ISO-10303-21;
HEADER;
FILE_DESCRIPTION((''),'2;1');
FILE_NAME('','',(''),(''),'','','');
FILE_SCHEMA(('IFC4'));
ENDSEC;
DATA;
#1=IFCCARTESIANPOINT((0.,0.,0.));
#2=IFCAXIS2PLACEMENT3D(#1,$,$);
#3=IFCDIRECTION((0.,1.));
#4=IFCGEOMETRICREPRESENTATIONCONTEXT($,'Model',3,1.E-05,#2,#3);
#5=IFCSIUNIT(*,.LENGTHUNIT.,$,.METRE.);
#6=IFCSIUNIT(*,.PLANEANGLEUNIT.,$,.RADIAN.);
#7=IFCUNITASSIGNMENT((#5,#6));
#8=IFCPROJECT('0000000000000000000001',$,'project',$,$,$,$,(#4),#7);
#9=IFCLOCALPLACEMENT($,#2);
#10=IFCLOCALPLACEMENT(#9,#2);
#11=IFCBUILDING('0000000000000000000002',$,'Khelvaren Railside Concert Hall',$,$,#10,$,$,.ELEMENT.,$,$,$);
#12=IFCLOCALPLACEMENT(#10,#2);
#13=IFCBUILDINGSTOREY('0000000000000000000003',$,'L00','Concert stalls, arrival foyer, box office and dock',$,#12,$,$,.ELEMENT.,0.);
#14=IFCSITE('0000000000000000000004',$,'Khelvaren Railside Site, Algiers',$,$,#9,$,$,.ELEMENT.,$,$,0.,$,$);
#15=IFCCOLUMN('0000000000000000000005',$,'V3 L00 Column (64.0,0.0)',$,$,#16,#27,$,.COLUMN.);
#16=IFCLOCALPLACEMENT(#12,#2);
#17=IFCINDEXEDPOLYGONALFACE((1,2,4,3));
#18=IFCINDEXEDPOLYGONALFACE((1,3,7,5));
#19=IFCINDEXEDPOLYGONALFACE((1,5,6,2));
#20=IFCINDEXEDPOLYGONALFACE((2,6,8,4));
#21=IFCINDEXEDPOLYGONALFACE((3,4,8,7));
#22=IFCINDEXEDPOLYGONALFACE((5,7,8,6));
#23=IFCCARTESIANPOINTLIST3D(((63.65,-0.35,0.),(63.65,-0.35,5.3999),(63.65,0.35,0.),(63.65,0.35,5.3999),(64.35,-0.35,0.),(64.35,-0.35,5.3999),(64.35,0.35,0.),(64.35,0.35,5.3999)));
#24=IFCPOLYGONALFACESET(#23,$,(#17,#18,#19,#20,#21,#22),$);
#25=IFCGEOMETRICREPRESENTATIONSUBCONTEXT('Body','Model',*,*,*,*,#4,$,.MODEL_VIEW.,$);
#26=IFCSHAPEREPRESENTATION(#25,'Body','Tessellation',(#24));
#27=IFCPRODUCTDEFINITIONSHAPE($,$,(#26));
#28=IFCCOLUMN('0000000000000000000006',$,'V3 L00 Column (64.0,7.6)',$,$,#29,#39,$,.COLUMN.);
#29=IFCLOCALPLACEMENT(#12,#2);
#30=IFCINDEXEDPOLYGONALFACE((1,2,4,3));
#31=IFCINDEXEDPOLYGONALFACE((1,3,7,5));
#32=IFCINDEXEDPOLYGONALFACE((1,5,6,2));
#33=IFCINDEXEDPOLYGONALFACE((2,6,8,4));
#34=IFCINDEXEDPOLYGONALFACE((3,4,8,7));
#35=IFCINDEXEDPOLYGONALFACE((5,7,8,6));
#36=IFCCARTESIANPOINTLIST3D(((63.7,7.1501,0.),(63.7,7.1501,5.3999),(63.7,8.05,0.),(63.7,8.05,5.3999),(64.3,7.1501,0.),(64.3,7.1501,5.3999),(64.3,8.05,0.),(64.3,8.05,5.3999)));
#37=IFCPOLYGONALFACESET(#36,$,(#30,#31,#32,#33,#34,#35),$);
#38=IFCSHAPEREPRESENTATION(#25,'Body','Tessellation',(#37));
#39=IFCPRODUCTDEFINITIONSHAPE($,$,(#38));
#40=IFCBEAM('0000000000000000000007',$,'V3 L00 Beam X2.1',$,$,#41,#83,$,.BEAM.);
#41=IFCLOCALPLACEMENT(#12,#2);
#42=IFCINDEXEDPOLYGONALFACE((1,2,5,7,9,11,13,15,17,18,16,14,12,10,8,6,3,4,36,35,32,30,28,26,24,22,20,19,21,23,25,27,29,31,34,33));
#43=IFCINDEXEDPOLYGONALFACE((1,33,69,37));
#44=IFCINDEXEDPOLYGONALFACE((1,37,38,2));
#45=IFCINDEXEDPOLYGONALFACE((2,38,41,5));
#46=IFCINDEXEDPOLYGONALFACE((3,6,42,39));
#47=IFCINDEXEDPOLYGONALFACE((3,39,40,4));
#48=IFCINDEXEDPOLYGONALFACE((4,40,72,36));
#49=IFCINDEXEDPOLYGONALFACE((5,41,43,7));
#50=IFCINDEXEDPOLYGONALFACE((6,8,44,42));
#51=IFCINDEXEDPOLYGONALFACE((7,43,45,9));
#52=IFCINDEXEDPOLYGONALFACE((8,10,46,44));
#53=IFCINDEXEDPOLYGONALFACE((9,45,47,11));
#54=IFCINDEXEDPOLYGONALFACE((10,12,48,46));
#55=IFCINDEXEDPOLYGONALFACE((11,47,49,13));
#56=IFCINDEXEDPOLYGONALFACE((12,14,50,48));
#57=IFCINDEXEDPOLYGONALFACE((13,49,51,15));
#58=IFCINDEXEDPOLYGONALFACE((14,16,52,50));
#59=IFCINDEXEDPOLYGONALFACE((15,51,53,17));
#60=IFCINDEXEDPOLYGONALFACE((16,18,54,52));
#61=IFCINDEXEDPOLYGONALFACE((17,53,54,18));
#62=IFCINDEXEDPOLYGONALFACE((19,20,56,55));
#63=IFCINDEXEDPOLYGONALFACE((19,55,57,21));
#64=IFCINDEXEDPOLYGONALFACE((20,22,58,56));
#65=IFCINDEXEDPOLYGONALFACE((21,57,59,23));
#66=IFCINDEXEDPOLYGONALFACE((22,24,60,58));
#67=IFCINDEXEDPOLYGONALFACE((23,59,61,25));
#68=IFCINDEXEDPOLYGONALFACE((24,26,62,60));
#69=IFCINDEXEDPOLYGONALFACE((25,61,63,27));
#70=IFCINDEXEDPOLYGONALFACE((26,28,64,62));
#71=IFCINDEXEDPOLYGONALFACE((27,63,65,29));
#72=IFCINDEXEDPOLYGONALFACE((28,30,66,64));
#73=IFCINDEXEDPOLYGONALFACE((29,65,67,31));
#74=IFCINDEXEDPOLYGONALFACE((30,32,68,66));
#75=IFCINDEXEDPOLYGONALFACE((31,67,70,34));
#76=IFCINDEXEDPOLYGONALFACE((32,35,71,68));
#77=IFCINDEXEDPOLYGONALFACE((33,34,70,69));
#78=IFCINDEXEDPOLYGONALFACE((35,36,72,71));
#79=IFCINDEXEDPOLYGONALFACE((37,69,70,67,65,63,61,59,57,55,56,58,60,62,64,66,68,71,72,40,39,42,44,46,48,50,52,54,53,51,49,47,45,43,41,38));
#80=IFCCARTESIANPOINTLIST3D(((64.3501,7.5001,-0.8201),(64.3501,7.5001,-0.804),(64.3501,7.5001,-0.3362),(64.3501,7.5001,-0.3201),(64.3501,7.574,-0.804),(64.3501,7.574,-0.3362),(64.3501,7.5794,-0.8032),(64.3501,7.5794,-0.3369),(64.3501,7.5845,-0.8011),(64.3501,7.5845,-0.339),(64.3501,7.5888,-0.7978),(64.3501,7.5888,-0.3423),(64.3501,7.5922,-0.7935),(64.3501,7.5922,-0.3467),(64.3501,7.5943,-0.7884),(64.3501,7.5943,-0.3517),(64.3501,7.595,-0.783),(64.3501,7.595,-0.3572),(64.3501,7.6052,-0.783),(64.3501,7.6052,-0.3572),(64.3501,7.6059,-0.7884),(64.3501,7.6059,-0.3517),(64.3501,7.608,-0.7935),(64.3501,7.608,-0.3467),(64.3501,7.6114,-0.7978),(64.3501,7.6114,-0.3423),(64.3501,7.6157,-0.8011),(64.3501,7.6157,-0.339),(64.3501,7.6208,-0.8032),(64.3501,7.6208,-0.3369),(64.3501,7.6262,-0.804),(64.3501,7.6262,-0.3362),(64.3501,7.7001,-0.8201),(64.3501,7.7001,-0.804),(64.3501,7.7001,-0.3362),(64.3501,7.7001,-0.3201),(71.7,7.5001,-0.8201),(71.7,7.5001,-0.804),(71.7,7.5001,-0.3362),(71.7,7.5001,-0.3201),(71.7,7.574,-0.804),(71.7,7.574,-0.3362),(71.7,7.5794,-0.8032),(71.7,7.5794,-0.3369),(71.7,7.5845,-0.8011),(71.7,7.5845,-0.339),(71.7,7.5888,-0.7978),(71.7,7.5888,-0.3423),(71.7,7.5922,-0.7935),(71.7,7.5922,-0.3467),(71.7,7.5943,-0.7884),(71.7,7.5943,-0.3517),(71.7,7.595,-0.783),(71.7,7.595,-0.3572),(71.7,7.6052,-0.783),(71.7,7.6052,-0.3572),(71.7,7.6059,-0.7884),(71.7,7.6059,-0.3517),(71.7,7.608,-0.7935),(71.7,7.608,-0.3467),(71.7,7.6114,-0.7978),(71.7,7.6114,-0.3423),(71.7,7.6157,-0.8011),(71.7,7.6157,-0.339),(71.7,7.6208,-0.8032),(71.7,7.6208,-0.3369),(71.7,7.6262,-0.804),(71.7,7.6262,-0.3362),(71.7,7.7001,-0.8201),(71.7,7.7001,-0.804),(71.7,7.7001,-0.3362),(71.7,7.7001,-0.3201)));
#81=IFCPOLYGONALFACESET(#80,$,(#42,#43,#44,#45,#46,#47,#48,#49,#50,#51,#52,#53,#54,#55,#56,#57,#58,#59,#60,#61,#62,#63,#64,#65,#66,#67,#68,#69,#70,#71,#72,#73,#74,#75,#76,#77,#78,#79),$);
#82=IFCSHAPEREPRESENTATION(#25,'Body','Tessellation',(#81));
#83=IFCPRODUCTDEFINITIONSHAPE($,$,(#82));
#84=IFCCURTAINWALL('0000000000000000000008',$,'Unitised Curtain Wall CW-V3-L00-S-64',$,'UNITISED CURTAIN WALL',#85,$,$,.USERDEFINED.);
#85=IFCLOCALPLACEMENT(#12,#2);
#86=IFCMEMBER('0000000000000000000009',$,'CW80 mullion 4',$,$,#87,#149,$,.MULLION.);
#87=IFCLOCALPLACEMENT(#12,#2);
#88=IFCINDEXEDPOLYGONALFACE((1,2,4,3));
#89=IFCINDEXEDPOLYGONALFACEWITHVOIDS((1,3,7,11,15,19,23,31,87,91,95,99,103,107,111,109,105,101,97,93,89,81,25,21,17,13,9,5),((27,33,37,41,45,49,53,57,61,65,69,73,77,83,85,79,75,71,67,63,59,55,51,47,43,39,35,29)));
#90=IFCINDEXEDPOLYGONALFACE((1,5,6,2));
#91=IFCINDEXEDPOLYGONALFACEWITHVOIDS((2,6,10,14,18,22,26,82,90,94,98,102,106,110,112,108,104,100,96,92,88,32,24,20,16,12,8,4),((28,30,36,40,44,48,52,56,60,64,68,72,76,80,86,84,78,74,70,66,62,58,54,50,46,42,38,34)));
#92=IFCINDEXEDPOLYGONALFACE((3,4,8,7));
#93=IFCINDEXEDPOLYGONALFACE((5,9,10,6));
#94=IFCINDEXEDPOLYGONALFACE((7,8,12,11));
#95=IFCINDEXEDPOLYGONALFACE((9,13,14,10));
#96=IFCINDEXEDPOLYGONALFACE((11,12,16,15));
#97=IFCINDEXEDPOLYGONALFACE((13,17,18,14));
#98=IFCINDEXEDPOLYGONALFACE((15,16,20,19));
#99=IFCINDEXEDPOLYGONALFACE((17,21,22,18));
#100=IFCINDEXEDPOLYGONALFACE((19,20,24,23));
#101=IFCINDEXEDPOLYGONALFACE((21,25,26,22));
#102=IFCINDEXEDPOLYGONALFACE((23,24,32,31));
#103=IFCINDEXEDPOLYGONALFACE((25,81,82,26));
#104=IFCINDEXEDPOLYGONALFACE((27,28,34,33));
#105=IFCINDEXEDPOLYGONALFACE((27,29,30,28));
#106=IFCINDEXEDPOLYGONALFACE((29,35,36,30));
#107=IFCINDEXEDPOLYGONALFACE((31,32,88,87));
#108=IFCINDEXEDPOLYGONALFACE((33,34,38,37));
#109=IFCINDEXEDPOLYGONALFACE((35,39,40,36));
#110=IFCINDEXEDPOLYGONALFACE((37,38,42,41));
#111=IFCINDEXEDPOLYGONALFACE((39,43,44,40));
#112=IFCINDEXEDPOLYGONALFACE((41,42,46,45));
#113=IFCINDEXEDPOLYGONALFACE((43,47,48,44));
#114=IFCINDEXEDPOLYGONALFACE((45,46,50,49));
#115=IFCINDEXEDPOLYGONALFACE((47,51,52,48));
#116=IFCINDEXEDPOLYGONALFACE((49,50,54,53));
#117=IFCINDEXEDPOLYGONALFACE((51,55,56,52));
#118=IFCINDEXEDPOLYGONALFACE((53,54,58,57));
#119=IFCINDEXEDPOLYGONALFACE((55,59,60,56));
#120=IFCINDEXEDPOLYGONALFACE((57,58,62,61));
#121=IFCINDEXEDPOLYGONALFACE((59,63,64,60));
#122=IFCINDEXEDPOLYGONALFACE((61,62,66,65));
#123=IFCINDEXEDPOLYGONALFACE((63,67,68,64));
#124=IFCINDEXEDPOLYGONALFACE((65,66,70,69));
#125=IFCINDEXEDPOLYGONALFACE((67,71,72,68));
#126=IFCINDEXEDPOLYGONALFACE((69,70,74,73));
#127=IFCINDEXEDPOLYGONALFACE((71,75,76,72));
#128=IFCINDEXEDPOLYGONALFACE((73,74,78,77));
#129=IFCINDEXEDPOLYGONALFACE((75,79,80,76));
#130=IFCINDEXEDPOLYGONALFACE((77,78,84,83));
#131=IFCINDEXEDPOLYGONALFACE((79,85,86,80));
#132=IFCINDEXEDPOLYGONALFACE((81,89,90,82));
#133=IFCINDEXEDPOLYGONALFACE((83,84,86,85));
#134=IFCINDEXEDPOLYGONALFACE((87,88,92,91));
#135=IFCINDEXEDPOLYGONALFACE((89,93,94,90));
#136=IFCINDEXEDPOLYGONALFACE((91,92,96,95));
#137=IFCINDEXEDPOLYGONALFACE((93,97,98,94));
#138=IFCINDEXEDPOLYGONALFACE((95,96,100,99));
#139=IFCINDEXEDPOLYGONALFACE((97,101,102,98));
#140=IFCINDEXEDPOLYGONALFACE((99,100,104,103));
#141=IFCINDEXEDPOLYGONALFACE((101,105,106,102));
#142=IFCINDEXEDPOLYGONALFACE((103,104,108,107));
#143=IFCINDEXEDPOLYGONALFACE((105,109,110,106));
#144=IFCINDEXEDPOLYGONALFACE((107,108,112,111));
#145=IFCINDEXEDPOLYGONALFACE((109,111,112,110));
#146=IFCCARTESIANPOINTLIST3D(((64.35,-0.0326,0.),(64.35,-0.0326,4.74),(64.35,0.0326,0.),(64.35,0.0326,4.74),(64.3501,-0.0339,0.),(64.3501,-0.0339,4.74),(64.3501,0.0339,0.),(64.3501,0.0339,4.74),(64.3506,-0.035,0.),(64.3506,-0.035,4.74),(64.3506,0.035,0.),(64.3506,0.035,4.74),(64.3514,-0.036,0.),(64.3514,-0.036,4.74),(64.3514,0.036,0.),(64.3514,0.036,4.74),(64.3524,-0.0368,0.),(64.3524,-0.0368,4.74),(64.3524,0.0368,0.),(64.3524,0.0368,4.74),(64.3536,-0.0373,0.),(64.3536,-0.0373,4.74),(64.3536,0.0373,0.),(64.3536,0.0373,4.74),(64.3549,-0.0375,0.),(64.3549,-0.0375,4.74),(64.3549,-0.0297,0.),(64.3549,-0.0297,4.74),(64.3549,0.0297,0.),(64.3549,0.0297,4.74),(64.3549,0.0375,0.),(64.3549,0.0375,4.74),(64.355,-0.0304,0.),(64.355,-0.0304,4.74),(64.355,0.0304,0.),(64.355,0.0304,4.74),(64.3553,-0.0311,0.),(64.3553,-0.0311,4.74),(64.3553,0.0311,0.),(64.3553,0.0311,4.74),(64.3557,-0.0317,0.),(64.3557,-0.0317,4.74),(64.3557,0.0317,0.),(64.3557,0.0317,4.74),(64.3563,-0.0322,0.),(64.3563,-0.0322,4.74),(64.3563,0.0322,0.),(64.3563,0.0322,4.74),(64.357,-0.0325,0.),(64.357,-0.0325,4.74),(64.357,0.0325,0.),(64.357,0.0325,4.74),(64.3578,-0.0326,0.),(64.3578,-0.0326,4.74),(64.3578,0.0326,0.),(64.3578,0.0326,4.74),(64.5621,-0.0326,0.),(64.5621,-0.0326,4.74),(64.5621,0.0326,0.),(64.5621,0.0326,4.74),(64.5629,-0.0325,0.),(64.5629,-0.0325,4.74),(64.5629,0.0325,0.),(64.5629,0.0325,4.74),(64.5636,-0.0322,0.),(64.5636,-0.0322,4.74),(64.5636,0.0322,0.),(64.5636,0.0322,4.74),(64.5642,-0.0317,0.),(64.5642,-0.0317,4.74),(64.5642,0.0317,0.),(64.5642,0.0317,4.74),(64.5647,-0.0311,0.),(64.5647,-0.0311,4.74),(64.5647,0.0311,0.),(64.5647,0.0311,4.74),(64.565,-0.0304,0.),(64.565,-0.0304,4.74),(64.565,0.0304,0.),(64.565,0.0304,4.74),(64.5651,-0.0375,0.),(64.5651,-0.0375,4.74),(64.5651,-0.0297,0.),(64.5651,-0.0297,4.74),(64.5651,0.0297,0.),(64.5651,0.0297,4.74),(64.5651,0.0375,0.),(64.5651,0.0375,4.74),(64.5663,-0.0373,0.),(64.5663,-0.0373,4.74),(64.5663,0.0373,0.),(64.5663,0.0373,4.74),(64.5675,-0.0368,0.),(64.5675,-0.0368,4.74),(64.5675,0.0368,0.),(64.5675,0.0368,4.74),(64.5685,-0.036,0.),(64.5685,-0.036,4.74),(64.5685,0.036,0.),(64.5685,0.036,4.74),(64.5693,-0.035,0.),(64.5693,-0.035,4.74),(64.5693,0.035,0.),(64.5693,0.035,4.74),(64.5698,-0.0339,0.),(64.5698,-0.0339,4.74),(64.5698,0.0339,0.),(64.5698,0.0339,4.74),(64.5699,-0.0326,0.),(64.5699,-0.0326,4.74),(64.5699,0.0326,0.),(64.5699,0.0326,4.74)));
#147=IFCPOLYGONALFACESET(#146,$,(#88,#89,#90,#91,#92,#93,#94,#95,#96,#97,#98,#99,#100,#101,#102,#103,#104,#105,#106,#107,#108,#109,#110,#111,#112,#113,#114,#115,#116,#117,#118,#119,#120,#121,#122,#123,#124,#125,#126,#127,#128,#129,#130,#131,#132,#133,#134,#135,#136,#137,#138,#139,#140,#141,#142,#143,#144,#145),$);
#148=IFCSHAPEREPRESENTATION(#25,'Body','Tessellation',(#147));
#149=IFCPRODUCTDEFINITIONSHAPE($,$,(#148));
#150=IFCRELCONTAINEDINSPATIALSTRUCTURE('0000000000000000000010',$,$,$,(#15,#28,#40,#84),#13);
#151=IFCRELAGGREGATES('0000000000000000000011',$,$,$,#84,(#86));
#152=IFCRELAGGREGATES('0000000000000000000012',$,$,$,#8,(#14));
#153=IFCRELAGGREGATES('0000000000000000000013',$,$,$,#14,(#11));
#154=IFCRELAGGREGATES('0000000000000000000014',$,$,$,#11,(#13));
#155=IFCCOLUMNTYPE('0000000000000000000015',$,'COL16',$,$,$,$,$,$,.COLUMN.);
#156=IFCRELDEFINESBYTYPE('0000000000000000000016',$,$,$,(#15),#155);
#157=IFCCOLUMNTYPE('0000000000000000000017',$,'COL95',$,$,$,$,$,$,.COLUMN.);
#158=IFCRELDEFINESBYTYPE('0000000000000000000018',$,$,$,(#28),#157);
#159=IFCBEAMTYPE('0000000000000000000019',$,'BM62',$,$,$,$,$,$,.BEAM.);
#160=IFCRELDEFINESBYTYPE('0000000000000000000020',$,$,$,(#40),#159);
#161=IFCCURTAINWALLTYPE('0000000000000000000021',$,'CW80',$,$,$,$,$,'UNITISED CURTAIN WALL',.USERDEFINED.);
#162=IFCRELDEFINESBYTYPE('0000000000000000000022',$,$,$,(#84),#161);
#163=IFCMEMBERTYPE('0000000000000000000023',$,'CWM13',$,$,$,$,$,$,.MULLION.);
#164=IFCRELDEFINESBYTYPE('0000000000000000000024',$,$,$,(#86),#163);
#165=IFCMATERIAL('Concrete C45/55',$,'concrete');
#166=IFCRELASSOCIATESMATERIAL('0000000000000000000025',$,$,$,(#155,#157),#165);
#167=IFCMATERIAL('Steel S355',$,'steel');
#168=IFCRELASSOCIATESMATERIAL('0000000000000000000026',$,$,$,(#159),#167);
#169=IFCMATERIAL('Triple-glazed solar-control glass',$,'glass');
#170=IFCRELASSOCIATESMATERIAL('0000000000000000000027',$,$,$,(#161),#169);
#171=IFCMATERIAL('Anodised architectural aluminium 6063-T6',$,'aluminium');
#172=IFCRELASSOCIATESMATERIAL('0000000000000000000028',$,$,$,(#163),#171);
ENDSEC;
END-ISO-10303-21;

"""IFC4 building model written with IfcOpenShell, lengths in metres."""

from ifc_helpers import new_model, si_unit, direction, frame, origin, origin_2d, place, context, subcontext, project, spatial, rectangle, hollow_rectangle, i_section, extrude, material, material_profile, profile_set, type_object, element, aggregate, save


model = new_model("IFC4")

# Units and contexts
model_context = context("Model", 3, precision=1e-05, world=origin(), true_north=direction((0.0, 1.0)))
body_context = subcontext(model_context, "Body", "Model", "MODEL_VIEW")
ifc_project = project(units=[si_unit("LENGTHUNIT", "METRE"), si_unit("PLANEANGLEUNIT", "RADIAN")], contexts=[model_context])

# Site, building, storey
site_placement = place(None, origin())
site = spatial("IfcSite", under=ifc_project, at=site_placement, Name="Khelvaren Railside Site, Algiers", CompositionType="ELEMENT", RefElevation=0.0)
building_placement = place(site_placement, origin())
building = spatial("IfcBuilding", under=site, at=building_placement, Name="Khelvaren Railside Concert Hall", CompositionType="ELEMENT")
storey_placement = place(building_placement, origin())
storey = spatial("IfcBuildingStorey", under=building, at=storey_placement, Name="L00", Description="Concert stalls, arrival foyer, box office and dock", CompositionType="ELEMENT", Elevation=0.0)

# Columns
ifc_material_1 = material(Name="Concrete C45/55", Category="concrete")
ifc_material_profile_1 = material_profile(ifc_material_1, rectangle(XDim=0.7, YDim=0.7, at=origin_2d()), Name="RC 700x700")
ifc_profile_set_1 = profile_set([ifc_material_profile_1], Name="Concrete C45/55")
column_type_1 = type_object("IfcColumnType", Name="COL16", PredefinedType="COLUMN", material=ifc_profile_set_1)
column_1_placement = place(storey_placement, frame((64.0, 0.0, 0.0), z_axis=(0.0, 0.0, 1.0), x_axis=(1.0, 0.0, 0.0)))
element("IfcColumn", 1, at=column_1_placement, inside=storey, type_object=column_type_1, Name="V3 L00 Column (64.0,0.0)", PredefinedType="COLUMN", context=body_context, shape_type="SweptSolid", body=[
    extrude(rectangle(XDim=0.7, YDim=0.7, at=origin_2d()), origin(), (0.0, 0.0, 1.0), 5.3999),
])
ifc_material_profile_2 = material_profile(ifc_material_1, rectangle(XDim=0.6001, YDim=0.8999, at=origin_2d()), Name="RC 600x900")
ifc_profile_set_2 = profile_set([ifc_material_profile_2], Name="Concrete C45/55")
column_type_2 = type_object("IfcColumnType", Name="COL95", PredefinedType="COLUMN", material=ifc_profile_set_2)
column_2_placement = place(storey_placement, frame((64.0, 7.6001, 0.0), z_axis=(0.0, 0.0, 1.0), x_axis=(1.0, 0.0, 0.0)))
element("IfcColumn", 2, at=column_2_placement, inside=storey, type_object=column_type_2, Name="V3 L00 Column (64.0,7.6)", PredefinedType="COLUMN", context=body_context, shape_type="SweptSolid", body=[
    extrude(rectangle(XDim=0.6001, YDim=0.8999, at=origin_2d()), origin(), (0.0, 0.0, 1.0), 5.3999),
])

# Beam
ifc_material_2 = material(Name="Steel S355", Category="steel")
ifc_material_profile_3 = material_profile(ifc_material_2, i_section(OverallWidth=0.2, OverallDepth=0.5, WebThickness=0.0103, FlangeThickness=0.0161, FilletRadius=0.021, at=origin_2d()), Name="IPE 500")
ifc_profile_set_3 = profile_set([ifc_material_profile_3], Name="Steel S355")
beam_type_1 = type_object("IfcBeamType", Name="BM62", PredefinedType="BEAM", material=ifc_profile_set_3)
beam_1_placement = place(storey_placement, frame((64.3501, 7.6001, -0.5701), z_axis=(1.0, 0.0, 0.0), x_axis=(0.0, 1.0, 0.0)))
element("IfcBeam", 3, at=beam_1_placement, inside=storey, type_object=beam_type_1, Name="V3 L00 Beam X2.1", PredefinedType="BEAM", context=body_context, shape_type="SweptSolid", body=[
    extrude(i_section(OverallWidth=0.2, OverallDepth=0.5, WebThickness=0.0103, FlangeThickness=0.0161, FilletRadius=0.021, at=origin_2d()), origin(), (0.0, 0.0, 1.0), 7.3499),
])

# Curtain wall, member
ifc_material_3 = material(Name="Triple-glazed solar-control glass", Category="glass")
curtain_wall_type_1 = type_object("IfcCurtainWallType", Name="CW80", ElementType="UNITISED CURTAIN WALL", PredefinedType="USERDEFINED", material=ifc_material_3)
curtain_wall_1_placement = place(storey_placement, origin())
curtain_wall_1 = element("IfcCurtainWall", 4, at=curtain_wall_1_placement, inside=storey, type_object=curtain_wall_type_1, Name="Unitised Curtain Wall CW-V3-L00-S-64", ObjectType="UNITISED CURTAIN WALL", PredefinedType="USERDEFINED")
ifc_material_4 = material(Name="Anodised architectural aluminium 6063-T6", Category="aluminium")
ifc_material_profile_4 = material_profile(ifc_material_4, hollow_rectangle(XDim=0.075, YDim=0.22, WallThickness=0.0049, InnerFilletRadius=0.0029, OuterFilletRadius=0.0049, at=origin_2d()), Name="CWM 75x220x5")
ifc_profile_set_4 = profile_set([ifc_material_profile_4], Name="Anodised architectural aluminium 6063-T6")
member_type = type_object("IfcMemberType", Name="CWM13", PredefinedType="MULLION", material=ifc_profile_set_4)
member_placement = place(storey_placement, frame((64.46, 0.0, 0.0), z_axis=(0.0, 0.0, 1.0), x_axis=(0.0, -1.0, 0.0)))
member = element("IfcMember", 5, at=member_placement, type_object=member_type, Name="CW80 mullion 4", PredefinedType="MULLION", context=body_context, shape_type="SweptSolid", body=[
    extrude(hollow_rectangle(XDim=0.075, YDim=0.22, WallThickness=0.0049, InnerFilletRadius=0.0029, OuterFilletRadius=0.0049, at=origin_2d()), origin(), (0.0, 0.0, 1.0), 4.74),
])

aggregate(curtain_wall_1, [member])

save(model, "model.ifc")
